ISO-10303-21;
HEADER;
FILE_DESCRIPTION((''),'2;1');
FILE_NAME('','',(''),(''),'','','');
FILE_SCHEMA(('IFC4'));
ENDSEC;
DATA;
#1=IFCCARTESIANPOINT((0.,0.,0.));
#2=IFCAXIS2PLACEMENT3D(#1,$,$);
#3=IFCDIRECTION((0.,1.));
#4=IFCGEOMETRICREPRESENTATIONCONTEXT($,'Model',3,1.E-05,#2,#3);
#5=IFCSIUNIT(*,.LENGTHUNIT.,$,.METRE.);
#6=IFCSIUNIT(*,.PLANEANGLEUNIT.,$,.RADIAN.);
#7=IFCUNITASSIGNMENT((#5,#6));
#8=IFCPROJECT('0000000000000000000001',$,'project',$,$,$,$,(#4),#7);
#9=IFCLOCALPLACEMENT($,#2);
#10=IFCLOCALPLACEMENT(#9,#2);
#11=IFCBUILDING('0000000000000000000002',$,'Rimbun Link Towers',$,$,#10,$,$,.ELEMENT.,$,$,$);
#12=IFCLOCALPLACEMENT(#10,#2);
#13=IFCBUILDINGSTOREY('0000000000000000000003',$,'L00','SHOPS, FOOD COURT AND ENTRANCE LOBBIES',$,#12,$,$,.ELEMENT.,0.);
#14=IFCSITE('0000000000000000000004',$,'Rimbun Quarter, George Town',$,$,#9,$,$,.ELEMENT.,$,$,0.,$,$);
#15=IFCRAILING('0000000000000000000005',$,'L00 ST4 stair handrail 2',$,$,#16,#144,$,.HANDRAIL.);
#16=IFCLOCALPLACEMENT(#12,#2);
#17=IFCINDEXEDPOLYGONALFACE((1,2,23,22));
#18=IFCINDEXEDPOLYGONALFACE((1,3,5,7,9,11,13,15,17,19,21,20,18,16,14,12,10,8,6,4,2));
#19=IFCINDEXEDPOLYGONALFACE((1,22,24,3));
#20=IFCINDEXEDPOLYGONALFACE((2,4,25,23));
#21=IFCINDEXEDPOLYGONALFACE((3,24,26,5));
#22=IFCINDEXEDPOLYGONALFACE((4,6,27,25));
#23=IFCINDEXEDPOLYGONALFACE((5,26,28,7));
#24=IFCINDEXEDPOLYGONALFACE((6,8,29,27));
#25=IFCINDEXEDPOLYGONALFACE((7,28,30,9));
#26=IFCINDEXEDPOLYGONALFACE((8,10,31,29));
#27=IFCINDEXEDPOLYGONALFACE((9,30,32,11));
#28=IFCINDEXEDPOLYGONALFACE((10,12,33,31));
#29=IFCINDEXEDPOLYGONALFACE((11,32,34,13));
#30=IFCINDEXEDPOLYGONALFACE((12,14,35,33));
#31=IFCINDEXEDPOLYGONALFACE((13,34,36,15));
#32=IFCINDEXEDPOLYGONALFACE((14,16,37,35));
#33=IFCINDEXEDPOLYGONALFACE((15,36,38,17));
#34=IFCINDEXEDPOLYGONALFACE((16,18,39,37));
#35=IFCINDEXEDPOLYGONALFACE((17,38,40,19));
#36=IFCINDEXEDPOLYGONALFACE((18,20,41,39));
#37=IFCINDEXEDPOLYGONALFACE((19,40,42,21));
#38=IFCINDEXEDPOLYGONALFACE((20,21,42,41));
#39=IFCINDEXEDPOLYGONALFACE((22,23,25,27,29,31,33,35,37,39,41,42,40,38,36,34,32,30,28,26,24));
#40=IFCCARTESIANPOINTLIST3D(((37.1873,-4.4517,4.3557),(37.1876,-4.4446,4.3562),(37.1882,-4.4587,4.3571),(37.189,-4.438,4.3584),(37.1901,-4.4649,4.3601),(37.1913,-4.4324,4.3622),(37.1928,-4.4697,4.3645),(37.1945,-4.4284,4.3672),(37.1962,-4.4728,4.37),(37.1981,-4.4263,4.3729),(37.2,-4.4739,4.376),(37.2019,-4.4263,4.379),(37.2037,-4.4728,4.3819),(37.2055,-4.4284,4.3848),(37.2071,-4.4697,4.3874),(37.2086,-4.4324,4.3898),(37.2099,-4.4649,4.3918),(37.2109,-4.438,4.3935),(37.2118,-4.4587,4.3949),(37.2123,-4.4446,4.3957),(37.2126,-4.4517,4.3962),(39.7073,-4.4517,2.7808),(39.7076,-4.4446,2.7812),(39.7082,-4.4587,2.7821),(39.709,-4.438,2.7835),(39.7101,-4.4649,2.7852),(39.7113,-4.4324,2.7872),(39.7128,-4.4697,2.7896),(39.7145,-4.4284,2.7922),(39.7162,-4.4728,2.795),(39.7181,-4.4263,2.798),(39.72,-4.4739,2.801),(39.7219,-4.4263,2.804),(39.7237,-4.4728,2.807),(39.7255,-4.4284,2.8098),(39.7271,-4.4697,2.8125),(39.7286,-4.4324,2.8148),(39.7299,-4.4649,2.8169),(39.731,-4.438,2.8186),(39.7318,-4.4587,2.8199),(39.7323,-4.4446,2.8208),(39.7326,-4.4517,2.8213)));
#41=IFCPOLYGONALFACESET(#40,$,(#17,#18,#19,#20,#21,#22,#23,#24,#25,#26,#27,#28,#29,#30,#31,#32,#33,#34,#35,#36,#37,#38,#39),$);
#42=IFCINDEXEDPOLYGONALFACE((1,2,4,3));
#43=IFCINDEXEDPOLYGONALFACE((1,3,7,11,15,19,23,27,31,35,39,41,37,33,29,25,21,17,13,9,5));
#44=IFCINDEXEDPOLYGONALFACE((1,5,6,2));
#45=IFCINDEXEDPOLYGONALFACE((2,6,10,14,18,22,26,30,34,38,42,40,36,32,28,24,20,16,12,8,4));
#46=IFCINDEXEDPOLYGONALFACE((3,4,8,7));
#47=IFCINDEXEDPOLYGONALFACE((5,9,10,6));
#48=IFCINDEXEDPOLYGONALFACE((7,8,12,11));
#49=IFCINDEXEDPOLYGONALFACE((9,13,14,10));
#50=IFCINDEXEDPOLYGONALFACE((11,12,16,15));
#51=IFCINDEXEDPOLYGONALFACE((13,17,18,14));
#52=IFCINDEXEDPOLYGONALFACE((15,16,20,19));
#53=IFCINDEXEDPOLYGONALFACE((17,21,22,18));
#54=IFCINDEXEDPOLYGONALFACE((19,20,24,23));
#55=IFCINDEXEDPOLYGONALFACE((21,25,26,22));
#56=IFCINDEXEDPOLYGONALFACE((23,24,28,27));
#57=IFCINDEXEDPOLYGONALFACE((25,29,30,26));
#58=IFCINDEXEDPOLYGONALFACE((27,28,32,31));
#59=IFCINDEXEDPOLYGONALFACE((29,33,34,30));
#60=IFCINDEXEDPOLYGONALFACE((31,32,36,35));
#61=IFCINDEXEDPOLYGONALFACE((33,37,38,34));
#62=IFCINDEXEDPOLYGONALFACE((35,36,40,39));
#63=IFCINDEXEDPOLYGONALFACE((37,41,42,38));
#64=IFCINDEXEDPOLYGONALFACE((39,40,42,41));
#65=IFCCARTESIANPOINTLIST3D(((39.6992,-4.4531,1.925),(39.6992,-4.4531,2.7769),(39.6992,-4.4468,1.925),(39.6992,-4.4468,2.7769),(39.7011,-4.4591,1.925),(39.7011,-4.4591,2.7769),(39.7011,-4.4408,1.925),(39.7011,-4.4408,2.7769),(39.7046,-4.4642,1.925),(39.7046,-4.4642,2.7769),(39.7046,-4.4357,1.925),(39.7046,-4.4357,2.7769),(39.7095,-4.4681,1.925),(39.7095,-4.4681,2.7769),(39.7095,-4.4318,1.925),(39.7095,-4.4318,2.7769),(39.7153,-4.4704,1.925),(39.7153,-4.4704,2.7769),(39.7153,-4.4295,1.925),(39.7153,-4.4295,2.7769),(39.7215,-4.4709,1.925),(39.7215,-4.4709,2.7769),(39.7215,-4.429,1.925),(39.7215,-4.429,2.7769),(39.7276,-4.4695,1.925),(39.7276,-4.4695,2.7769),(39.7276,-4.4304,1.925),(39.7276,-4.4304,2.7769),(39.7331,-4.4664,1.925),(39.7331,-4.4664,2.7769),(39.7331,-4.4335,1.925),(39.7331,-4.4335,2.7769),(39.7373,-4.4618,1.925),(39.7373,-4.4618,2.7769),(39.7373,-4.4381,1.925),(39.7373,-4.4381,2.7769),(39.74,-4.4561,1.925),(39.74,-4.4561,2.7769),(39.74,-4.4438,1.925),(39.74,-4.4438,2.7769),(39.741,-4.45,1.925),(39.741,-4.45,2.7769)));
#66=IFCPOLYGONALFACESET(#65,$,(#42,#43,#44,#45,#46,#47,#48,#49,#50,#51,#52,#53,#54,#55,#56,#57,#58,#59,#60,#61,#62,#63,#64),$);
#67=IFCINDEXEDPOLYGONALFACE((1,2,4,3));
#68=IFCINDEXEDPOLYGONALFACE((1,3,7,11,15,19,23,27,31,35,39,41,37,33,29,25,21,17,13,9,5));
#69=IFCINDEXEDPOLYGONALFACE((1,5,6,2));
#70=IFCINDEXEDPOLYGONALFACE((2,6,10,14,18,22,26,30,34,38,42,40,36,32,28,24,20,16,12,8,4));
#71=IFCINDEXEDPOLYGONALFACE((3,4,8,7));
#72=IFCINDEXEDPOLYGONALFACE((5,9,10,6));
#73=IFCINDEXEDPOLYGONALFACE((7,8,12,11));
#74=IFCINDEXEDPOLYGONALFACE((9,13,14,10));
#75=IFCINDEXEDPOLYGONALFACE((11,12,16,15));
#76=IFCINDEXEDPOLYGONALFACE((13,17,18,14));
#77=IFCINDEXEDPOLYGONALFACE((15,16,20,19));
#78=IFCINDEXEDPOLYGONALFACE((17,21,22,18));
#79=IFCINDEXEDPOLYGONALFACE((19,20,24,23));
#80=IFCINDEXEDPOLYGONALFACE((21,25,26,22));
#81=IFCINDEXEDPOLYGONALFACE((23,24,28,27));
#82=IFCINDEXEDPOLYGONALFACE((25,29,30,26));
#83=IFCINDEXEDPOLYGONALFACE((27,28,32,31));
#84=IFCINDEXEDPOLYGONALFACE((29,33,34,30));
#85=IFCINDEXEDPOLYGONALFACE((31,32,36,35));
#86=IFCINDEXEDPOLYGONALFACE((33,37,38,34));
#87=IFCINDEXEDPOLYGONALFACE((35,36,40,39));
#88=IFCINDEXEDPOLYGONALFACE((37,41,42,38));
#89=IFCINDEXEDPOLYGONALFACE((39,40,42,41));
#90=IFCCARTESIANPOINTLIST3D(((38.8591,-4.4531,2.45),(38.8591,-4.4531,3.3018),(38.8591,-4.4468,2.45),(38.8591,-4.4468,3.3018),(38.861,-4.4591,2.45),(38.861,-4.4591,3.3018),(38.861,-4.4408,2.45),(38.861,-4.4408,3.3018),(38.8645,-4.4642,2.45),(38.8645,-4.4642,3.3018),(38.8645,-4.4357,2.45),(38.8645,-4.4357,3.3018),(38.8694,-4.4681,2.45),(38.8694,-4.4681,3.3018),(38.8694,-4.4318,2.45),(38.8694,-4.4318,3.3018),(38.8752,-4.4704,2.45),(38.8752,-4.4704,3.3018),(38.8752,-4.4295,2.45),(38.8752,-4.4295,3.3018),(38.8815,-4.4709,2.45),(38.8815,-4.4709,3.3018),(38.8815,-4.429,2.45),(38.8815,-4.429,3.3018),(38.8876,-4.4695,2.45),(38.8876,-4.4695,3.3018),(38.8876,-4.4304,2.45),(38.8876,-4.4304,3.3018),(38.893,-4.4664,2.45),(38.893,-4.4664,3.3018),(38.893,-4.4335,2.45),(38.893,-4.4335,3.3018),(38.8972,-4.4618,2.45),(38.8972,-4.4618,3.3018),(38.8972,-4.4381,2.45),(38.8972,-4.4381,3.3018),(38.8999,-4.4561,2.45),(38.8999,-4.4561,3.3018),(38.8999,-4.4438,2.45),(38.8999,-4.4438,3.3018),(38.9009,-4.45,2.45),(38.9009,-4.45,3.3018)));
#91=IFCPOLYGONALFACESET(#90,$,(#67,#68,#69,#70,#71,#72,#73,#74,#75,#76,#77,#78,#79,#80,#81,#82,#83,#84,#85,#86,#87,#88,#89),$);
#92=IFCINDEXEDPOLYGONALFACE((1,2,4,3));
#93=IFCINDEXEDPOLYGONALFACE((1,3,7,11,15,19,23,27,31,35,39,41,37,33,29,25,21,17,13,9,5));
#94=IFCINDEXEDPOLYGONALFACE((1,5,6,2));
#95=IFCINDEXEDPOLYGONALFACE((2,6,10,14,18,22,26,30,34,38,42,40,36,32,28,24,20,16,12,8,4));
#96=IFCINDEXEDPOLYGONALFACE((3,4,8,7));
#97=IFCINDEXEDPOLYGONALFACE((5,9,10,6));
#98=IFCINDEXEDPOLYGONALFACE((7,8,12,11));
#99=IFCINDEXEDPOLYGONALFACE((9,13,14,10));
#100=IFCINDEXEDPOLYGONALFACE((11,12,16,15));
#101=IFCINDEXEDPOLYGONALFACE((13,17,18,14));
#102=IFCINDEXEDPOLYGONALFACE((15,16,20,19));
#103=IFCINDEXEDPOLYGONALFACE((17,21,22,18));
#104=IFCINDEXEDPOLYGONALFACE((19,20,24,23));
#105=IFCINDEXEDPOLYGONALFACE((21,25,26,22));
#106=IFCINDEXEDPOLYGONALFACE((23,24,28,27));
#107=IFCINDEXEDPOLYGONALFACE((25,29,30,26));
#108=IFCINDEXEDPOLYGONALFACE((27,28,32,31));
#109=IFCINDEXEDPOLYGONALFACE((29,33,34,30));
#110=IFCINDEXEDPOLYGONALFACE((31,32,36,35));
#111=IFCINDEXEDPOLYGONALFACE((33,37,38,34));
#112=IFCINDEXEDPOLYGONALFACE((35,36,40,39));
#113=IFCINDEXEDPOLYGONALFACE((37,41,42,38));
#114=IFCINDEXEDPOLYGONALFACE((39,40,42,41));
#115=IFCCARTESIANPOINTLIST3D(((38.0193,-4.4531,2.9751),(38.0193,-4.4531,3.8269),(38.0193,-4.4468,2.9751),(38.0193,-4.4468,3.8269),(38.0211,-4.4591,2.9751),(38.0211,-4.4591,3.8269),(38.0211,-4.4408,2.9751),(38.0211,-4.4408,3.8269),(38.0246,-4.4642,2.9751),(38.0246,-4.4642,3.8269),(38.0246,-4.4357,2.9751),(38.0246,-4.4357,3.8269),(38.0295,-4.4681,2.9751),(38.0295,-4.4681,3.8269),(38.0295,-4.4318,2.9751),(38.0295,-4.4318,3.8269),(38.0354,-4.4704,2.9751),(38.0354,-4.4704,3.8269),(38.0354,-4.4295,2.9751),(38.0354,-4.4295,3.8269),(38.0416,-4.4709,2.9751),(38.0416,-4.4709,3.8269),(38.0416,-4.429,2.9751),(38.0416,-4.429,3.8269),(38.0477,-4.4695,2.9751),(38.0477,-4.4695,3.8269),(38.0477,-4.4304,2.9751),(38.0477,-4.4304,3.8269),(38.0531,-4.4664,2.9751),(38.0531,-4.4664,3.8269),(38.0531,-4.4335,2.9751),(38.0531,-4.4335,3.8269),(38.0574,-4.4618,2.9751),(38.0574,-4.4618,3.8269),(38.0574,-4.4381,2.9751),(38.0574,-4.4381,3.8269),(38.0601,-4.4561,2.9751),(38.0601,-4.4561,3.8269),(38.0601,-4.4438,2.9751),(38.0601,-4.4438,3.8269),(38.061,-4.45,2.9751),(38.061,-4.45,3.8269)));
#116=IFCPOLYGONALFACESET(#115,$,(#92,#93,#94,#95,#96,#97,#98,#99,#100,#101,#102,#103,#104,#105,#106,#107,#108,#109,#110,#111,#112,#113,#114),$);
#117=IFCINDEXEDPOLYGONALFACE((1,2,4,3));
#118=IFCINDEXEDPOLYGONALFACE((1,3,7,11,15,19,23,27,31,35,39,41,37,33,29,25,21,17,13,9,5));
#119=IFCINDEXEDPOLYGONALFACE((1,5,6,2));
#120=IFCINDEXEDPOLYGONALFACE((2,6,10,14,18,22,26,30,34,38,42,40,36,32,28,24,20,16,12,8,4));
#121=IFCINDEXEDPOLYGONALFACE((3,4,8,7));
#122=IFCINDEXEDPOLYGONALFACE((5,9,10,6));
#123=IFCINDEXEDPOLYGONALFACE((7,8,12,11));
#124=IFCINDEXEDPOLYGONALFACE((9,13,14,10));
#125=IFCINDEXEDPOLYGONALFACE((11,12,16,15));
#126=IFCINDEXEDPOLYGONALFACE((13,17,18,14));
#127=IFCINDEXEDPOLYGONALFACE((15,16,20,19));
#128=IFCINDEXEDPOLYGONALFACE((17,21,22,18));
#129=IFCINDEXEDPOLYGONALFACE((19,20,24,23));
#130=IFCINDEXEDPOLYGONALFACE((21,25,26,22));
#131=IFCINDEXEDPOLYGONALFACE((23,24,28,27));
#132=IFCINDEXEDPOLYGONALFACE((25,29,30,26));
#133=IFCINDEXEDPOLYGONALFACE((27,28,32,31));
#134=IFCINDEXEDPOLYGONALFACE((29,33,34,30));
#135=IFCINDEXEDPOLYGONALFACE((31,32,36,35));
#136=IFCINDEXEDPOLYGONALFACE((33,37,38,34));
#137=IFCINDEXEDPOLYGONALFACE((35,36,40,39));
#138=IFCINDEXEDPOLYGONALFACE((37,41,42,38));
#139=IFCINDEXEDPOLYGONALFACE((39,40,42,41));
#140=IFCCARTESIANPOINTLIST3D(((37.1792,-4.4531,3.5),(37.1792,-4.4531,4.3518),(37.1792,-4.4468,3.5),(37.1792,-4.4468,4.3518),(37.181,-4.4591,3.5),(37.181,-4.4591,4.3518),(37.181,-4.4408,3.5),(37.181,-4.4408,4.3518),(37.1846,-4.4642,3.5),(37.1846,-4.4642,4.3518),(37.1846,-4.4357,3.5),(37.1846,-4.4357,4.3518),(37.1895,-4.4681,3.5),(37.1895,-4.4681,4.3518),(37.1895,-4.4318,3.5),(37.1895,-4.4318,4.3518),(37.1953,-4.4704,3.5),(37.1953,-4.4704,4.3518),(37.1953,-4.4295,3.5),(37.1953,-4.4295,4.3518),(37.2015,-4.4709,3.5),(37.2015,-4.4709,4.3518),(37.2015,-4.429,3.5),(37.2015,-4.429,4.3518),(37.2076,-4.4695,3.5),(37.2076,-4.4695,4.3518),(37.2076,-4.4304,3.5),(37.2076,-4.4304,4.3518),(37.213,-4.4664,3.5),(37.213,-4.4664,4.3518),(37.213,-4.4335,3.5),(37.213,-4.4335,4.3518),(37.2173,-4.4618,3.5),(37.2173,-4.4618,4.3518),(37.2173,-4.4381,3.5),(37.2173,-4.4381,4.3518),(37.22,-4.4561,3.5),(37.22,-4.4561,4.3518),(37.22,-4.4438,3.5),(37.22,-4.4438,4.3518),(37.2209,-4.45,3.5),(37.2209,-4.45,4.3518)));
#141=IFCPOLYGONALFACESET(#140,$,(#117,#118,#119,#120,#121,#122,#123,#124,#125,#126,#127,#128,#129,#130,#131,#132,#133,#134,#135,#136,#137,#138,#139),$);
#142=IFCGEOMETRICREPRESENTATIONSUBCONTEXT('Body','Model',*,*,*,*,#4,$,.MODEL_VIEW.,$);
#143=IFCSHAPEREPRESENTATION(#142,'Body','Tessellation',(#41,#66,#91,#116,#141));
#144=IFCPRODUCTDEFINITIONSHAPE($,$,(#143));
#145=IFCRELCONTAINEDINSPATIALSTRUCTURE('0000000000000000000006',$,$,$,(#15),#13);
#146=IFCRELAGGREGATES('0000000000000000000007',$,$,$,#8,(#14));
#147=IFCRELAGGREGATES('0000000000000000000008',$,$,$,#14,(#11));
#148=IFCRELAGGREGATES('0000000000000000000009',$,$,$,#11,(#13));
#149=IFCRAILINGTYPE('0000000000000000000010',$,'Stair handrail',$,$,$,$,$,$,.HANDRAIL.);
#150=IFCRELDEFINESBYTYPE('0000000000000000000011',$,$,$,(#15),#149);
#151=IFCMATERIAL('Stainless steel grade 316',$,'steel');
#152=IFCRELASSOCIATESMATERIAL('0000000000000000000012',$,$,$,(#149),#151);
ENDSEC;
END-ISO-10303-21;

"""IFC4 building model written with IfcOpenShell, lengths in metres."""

from ifc_helpers import new_model, si_unit, direction, frame, origin, origin_2d, place, context, subcontext, project, spatial, circle, extrude, material, type_object, element, save


model = new_model("IFC4")

# Units and contexts
model_context = context("Model", 3, precision=1e-05, world=origin(), true_north=direction((0.0, 1.0)))
body_context = subcontext(model_context, "Body", "Model", "MODEL_VIEW")
ifc_project = project(units=[si_unit("LENGTHUNIT", "METRE"), si_unit("PLANEANGLEUNIT", "RADIAN")], contexts=[model_context])

# Site, building, storey
site_placement = place(None, origin())
site = spatial("IfcSite", under=ifc_project, at=site_placement, Name="Rimbun Quarter, George Town", CompositionType="ELEMENT", RefElevation=0.0)
building_placement = place(site_placement, origin())
building = spatial("IfcBuilding", under=site, at=building_placement, Name="Rimbun Link Towers", CompositionType="ELEMENT")
storey_placement = place(building_placement, origin())
storey = spatial("IfcBuildingStorey", under=building, at=storey_placement, Name="L00", Description="SHOPS, FOOD COURT AND ENTRANCE LOBBIES", CompositionType="ELEMENT", Elevation=0.0)

# Railing
ifc_material_1 = material(Name="Stainless steel grade 316", Category="steel")
railing_type_1 = type_object("IfcRailingType", Name="Stair handrail", PredefinedType="HANDRAIL", material=ifc_material_1)
for number, where, name in (
    (1, (39.72, -4.45, 1.925), "L00 ST4 stair handrail 2"),
):
    element("IfcRailing", number, at=place(storey_placement, frame(where)), inside=storey, type_object=railing_type_1, Name=name, PredefinedType="HANDRAIL", context=body_context, shape_type="SweptSolid", body=[
        extrude(circle(Radius=0.0239, at=origin_2d()), frame((0.0, 0.0, 0.876), z_axis=(-0.848008, 0.0, 0.529984), x_axis=(0.0, -1.0, 0.0)), (0.0, 0.0, 1.0), 2.9717),
        extrude(circle(Radius=0.021, at=origin_2d()), origin(), (0.0, 0.0, 1.0), 0.8518),
        extrude(circle(Radius=0.021, at=origin_2d()), frame((-0.8401, 0.0, 0.5249)), (0.0, 0.0, 1.0), 0.8518),
        extrude(circle(Radius=0.021, at=origin_2d()), frame((-1.6799, 0.0, 1.05)), (0.0, 0.0, 1.0), 0.8518),
        extrude(circle(Radius=0.021, at=origin_2d()), frame((-2.52, 0.0, 1.575)), (0.0, 0.0, 1.0), 0.8518),
    ])

save(model, "model.ifc")
